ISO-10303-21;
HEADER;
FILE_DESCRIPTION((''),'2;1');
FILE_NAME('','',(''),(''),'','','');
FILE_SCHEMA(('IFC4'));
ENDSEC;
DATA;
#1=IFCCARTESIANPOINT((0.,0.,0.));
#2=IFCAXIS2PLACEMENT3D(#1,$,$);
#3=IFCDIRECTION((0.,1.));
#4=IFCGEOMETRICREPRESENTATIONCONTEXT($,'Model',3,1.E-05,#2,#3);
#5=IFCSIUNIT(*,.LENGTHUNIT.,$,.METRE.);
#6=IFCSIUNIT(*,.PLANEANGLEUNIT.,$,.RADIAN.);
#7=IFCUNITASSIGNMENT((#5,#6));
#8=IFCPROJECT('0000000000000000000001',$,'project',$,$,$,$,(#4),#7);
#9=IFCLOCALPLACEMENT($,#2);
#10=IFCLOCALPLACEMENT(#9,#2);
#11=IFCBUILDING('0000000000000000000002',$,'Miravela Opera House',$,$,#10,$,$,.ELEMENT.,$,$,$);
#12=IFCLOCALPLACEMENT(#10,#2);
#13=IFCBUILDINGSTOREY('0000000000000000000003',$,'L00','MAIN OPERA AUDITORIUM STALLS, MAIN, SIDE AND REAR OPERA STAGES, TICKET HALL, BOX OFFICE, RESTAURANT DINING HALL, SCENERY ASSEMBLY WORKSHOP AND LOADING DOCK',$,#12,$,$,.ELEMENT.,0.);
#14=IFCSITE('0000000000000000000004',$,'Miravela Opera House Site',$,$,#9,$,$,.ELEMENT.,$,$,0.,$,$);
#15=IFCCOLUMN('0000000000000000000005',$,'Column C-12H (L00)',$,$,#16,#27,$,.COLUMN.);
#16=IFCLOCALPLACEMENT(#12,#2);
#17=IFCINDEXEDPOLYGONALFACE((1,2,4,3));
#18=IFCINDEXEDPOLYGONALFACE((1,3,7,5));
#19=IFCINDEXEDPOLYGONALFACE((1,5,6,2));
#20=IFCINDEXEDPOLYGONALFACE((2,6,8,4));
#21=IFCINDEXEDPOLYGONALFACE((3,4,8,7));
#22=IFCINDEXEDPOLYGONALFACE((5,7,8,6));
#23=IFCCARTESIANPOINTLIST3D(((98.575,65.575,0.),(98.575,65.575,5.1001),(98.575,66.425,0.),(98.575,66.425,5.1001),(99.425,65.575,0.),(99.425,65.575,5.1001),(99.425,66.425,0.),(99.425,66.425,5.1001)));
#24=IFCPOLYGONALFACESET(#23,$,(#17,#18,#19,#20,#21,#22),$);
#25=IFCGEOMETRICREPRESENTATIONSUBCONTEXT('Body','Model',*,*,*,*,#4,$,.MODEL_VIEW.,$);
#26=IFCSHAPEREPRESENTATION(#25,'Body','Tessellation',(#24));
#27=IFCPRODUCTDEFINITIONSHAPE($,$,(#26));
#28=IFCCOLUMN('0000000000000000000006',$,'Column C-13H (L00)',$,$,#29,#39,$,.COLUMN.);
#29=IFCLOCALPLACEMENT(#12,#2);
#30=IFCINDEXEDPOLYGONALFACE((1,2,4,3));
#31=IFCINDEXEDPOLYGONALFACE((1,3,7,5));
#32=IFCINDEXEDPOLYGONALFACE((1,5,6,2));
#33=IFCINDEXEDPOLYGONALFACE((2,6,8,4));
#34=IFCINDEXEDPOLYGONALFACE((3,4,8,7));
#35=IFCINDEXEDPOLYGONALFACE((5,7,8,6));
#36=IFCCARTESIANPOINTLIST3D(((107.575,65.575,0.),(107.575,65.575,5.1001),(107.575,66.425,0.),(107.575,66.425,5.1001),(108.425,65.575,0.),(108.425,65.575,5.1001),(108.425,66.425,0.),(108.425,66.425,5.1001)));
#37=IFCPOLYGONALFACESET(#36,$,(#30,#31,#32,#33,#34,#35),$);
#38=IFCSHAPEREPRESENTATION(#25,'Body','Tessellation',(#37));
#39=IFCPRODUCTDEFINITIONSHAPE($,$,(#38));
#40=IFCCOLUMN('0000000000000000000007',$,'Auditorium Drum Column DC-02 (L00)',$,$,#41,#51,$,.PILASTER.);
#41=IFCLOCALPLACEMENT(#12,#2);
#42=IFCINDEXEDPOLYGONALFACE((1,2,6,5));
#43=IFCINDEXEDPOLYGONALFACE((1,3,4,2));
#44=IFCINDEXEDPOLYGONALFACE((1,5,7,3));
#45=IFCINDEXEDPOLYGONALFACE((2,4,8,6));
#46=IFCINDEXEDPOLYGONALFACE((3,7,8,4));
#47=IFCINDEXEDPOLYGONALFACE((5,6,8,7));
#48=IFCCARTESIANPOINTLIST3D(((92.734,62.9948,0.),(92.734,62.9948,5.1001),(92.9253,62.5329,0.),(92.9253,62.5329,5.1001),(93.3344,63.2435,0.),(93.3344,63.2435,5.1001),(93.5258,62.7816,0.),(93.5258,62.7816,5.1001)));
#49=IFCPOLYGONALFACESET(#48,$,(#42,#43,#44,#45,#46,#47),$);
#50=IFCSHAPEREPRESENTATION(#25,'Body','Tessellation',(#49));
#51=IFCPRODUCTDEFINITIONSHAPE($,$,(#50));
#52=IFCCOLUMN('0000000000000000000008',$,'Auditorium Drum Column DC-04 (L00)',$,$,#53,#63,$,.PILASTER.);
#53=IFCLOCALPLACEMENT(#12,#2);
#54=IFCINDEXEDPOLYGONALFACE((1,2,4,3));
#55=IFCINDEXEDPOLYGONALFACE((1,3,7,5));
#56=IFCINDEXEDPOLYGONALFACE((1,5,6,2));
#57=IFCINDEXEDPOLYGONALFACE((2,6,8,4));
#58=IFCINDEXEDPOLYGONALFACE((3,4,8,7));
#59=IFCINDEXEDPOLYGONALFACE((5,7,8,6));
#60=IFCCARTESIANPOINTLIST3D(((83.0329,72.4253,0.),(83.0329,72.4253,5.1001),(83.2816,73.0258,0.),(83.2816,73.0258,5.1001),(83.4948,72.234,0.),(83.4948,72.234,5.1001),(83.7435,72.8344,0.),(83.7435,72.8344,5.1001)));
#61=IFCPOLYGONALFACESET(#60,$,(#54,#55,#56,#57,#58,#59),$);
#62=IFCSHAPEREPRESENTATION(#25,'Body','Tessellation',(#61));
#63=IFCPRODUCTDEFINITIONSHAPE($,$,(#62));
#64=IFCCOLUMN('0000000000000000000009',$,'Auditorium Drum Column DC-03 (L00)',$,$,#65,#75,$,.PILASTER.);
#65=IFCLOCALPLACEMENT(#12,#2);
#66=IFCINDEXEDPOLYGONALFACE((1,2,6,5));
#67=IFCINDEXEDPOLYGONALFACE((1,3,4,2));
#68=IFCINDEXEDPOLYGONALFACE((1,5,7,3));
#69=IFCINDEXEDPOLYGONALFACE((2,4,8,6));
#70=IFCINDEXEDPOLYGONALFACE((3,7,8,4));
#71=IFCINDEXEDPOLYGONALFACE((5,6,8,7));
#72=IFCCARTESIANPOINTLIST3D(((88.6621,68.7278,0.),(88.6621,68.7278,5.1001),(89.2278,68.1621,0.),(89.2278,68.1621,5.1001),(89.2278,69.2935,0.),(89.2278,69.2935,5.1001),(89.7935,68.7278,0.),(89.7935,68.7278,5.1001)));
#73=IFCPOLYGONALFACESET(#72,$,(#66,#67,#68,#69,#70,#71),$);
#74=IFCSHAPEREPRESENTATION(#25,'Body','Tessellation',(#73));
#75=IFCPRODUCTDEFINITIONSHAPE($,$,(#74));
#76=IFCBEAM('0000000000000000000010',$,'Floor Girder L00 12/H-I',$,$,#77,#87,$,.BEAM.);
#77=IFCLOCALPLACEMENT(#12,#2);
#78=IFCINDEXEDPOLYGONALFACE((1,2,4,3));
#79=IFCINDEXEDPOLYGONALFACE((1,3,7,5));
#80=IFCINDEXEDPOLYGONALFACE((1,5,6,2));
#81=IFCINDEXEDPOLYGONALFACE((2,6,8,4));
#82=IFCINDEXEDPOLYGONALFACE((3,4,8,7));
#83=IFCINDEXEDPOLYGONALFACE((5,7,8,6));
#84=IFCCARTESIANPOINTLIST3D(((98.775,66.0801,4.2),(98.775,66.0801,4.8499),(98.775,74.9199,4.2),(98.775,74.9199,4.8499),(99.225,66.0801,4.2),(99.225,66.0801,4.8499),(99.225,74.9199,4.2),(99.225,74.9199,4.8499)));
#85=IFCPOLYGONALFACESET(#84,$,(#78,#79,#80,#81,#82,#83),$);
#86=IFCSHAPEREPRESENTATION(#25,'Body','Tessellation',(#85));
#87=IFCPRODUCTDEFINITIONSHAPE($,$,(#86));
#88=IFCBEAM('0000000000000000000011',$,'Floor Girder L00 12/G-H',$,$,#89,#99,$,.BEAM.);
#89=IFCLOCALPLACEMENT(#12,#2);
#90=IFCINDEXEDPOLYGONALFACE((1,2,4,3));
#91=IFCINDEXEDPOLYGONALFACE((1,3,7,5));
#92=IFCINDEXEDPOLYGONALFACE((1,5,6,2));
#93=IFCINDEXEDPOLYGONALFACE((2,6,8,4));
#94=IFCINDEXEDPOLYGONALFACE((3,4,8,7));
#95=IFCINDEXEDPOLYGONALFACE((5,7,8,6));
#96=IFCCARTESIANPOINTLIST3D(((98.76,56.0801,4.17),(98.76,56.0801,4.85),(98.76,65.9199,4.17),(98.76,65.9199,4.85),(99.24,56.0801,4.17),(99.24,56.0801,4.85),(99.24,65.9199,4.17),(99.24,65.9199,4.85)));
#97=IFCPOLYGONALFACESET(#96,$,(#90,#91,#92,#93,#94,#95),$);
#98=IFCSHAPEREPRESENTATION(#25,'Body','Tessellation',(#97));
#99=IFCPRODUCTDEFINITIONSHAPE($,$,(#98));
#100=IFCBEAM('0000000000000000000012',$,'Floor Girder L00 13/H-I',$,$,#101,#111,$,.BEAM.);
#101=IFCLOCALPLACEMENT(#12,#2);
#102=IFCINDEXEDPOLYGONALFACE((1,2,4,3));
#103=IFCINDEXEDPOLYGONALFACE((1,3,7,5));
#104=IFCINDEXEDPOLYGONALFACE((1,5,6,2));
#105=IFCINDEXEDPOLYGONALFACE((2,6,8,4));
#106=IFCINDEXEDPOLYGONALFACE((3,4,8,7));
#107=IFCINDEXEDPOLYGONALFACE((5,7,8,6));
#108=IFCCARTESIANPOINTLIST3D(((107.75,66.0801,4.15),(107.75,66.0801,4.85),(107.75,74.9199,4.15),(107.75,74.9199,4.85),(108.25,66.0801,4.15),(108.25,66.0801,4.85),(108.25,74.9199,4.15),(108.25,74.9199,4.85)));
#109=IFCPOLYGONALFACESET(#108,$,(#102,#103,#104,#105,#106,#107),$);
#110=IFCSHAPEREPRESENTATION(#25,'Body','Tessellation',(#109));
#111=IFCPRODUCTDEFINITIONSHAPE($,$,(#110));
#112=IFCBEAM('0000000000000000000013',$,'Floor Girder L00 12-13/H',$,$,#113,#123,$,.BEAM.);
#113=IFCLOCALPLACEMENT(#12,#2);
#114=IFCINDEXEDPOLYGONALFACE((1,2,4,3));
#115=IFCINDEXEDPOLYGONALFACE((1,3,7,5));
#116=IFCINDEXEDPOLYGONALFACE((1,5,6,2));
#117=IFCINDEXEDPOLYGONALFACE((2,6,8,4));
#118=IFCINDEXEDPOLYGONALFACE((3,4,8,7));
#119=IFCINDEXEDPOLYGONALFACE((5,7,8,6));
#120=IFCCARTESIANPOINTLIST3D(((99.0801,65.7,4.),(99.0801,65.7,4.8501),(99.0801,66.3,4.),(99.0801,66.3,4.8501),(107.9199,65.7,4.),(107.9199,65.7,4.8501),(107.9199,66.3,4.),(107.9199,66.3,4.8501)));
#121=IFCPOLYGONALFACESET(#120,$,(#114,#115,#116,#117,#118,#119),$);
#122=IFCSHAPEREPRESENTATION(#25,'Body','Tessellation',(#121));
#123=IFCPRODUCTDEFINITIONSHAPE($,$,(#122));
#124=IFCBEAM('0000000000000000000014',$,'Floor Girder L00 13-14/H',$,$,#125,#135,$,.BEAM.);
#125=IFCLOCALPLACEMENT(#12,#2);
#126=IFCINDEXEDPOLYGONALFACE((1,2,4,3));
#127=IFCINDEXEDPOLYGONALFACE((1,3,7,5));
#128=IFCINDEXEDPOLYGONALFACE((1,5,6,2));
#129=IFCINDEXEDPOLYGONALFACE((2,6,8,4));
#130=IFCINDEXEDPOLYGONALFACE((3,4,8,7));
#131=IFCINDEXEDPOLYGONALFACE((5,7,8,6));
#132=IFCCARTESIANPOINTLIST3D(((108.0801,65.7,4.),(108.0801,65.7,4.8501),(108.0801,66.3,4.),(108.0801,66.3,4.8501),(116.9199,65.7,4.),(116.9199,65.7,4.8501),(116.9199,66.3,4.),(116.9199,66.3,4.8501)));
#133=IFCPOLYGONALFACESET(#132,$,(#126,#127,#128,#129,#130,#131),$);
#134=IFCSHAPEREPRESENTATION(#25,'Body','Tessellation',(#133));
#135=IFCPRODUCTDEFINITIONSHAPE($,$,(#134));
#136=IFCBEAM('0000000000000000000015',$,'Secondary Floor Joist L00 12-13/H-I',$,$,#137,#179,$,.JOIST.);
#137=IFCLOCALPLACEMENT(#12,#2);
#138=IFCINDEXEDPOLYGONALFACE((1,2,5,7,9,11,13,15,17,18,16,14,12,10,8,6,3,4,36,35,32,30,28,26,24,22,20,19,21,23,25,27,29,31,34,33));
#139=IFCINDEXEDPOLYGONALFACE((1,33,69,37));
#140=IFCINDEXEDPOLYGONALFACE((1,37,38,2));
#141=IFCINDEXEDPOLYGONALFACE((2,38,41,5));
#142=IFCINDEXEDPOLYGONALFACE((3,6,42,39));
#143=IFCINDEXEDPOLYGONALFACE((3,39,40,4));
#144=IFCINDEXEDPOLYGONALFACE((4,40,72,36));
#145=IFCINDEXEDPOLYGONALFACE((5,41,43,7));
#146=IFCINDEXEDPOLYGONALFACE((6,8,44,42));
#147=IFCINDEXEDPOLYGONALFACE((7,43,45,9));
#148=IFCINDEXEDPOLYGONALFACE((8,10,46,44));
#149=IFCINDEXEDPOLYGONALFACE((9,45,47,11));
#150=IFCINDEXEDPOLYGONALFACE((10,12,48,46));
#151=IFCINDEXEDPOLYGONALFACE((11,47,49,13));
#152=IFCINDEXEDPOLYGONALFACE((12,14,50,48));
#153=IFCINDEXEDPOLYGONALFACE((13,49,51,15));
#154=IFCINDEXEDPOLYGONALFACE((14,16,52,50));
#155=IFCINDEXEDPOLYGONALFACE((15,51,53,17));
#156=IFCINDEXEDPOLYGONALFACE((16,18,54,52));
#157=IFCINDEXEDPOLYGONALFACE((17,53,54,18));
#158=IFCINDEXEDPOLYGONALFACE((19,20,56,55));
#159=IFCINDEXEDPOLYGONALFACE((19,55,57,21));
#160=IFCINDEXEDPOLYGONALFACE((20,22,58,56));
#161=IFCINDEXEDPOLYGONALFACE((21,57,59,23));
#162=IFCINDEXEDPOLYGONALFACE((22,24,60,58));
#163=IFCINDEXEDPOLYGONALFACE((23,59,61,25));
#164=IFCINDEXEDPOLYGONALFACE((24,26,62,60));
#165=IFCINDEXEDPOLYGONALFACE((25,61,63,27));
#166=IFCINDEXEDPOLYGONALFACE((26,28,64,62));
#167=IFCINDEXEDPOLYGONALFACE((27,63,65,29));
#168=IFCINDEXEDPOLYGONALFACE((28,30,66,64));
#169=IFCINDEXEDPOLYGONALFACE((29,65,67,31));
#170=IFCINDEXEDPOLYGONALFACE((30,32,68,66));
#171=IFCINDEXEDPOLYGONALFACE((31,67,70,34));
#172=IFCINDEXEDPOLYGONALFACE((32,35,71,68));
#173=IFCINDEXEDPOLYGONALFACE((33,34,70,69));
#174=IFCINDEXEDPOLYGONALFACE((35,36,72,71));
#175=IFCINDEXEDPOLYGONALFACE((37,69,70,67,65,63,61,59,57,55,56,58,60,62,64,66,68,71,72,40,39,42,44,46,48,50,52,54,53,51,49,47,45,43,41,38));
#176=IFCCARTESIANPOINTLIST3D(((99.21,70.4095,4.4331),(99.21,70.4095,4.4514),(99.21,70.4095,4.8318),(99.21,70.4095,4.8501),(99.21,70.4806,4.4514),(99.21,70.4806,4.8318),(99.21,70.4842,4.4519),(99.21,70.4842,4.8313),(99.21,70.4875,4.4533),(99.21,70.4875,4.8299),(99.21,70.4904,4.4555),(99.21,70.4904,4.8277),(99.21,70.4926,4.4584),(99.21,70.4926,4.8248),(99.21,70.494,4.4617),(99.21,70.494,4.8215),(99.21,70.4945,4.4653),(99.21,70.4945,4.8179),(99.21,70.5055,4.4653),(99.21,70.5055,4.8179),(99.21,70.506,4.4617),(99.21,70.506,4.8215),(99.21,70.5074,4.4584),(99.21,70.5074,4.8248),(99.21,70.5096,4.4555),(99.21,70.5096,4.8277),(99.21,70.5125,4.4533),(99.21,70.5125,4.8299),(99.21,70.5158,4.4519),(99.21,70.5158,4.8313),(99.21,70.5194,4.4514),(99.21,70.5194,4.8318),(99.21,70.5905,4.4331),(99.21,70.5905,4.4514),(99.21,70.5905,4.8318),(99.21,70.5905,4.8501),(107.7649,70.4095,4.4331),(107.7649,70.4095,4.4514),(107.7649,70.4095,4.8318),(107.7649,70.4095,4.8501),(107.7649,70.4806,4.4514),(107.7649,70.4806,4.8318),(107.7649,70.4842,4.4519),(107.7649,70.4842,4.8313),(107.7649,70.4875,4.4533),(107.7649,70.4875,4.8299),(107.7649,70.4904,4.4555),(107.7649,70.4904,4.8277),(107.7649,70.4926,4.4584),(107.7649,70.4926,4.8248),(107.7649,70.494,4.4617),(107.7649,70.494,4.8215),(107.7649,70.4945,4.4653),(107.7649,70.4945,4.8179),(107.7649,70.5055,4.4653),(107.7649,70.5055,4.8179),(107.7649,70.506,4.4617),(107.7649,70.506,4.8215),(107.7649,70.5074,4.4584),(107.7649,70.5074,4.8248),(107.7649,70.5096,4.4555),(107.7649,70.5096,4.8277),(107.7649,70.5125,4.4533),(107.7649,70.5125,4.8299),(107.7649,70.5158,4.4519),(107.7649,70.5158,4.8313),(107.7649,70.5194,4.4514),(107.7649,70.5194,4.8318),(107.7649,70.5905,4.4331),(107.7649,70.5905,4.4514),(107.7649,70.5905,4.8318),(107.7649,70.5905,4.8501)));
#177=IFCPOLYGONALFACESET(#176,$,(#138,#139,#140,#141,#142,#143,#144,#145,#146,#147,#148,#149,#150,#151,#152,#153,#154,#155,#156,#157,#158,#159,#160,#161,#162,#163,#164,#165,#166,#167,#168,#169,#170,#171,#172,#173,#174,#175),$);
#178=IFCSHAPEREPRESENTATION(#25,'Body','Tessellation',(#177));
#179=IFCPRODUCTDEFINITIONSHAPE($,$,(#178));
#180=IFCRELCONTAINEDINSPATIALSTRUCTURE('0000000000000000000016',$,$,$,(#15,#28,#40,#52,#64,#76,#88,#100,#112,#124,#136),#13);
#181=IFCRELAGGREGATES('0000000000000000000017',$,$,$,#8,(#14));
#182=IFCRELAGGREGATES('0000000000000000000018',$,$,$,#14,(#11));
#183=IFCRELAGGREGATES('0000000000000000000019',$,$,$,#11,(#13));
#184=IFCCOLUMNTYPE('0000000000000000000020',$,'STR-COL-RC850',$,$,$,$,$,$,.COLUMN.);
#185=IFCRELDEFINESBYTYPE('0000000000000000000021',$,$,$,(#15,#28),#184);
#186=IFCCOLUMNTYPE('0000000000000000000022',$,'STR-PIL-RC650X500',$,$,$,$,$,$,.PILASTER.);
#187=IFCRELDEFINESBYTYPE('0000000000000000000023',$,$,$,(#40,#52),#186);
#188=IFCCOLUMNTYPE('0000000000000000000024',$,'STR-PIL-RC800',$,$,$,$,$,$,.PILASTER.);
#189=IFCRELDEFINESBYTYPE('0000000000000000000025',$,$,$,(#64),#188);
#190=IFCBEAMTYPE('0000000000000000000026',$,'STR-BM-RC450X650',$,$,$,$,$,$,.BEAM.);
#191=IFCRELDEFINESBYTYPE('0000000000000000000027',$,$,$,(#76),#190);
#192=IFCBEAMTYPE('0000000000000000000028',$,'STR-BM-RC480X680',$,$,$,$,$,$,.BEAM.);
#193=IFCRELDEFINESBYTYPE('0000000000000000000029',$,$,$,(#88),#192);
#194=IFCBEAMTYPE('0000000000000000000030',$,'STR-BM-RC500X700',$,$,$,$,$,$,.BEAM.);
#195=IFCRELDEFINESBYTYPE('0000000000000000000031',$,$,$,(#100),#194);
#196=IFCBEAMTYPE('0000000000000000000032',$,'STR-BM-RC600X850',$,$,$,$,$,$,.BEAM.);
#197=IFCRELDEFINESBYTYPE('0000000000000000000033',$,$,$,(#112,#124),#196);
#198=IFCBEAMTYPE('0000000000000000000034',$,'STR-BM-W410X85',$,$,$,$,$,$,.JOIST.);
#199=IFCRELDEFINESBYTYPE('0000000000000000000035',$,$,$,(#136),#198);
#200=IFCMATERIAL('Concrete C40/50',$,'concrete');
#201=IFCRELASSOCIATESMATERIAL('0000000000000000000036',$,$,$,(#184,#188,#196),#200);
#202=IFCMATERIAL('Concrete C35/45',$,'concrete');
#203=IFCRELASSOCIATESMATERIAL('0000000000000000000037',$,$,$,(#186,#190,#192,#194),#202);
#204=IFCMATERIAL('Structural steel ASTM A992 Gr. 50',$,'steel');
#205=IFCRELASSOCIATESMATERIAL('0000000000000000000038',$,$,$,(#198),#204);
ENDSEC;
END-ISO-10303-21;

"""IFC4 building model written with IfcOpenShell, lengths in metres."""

from ifc_helpers import new_model, si_unit, direction, frame, origin, origin_2d, place, context, subcontext, project, spatial, rectangle, i_section, extrude, material, material_profile, profile_set, type_object, element, save


model = new_model("IFC4")

# Units and contexts
model_context = context("Model", 3, precision=1e-05, world=origin(), true_north=direction((0.0, 1.0)))
body_context = subcontext(model_context, "Body", "Model", "MODEL_VIEW")
ifc_project = project(units=[si_unit("LENGTHUNIT", "METRE"), si_unit("PLANEANGLEUNIT", "RADIAN")], contexts=[model_context])

# Site, building, storey
site_placement = place(None, origin())
site = spatial("IfcSite", under=ifc_project, at=site_placement, Name="Miravela Opera House Site", CompositionType="ELEMENT", RefElevation=0.0)
building_placement = place(site_placement, origin())
building = spatial("IfcBuilding", under=site, at=building_placement, Name="Miravela Opera House", CompositionType="ELEMENT")
storey_placement = place(building_placement, origin())
storey = spatial("IfcBuildingStorey", under=building, at=storey_placement, Name="L00", Description="MAIN OPERA AUDITORIUM STALLS, MAIN, SIDE AND REAR OPERA STAGES, TICKET HALL, BOX OFFICE, RESTAURANT DINING HALL, SCENERY ASSEMBLY WORKSHOP AND LOADING DOCK", CompositionType="ELEMENT", Elevation=0.0)

# Columns
ifc_material_1 = material(Name="Concrete C40/50", Category="concrete")
ifc_material_profile_1 = material_profile(ifc_material_1, rectangle(XDim=0.8501, YDim=0.8501, at=origin_2d()), Name="RC-COL-850X850")
ifc_profile_set_1 = profile_set([ifc_material_profile_1])
column_type_1 = type_object("IfcColumnType", Name="STR-COL-RC850", PredefinedType="COLUMN", material=ifc_profile_set_1)
for number, where, z_axis, x_axis, name in (
    (1, (99.0, 66.0, 0.0), (0.0, 0.0, 1.0), (1.0, 0.0, 0.0), "Column C-12H (L00)"),
    (2, (108.0, 66.0, 0.0), (0.0, 0.0, 1.0), (1.0, 0.0, 0.0), "Column C-13H (L00)"),
):
    element("IfcColumn", number, at=place(storey_placement, frame(where, z_axis=z_axis, x_axis=x_axis)), inside=storey, type_object=column_type_1, Name=name, PredefinedType="COLUMN", context=body_context, shape_type="SweptSolid", body=[
        extrude(rectangle(XDim=0.8501, YDim=0.8501, at=origin_2d()), origin(), (0.0, 0.0, 1.0), 5.1001),
    ])
ifc_material_2 = material(Name="Concrete C35/45", Category="concrete")
ifc_material_profile_2 = material_profile(ifc_material_2, rectangle(XDim=0.6499, YDim=0.5, at=origin_2d()), Name="RC-PIL-650X500")
ifc_profile_set_2 = profile_set([ifc_material_profile_2])
column_type_2 = type_object("IfcColumnType", Name="STR-PIL-RC650X500", PredefinedType="PILASTER", material=ifc_profile_set_2)
for number, where, z_axis, x_axis, name in (
    (3, (93.1299, 62.8882, 0.0), (0.0, 0.0, 1.0), (0.92388, 0.382683, 0.0), "Auditorium Drum Column DC-02 (L00)"),
    (4, (83.3882, 72.6299, 0.0), (0.0, 0.0, 1.0), (0.382683, 0.92388, 0.0), "Auditorium Drum Column DC-04 (L00)"),
):
    element("IfcColumn", number, at=place(storey_placement, frame(where, z_axis=z_axis, x_axis=x_axis)), inside=storey, type_object=column_type_2, Name=name, PredefinedType="PILASTER", context=body_context, shape_type="SweptSolid", body=[
        extrude(rectangle(XDim=0.6499, YDim=0.5, at=origin_2d()), origin(), (0.0, 0.0, 1.0), 5.1001),
    ])
ifc_material_profile_3 = material_profile(ifc_material_1, rectangle(XDim=0.8, YDim=0.8, at=origin_2d()), Name="RC-COL-800X800")
ifc_profile_set_3 = profile_set([ifc_material_profile_3])
column_type_3 = type_object("IfcColumnType", Name="STR-PIL-RC800", PredefinedType="PILASTER", material=ifc_profile_set_3)
column_placement = place(storey_placement, frame((89.2278, 68.7278, 0.0), z_axis=(0.0, 0.0, 1.0), x_axis=(0.707107, 0.707107, 0.0)))
element("IfcColumn", 5, at=column_placement, inside=storey, type_object=column_type_3, Name="Auditorium Drum Column DC-03 (L00)", PredefinedType="PILASTER", context=body_context, shape_type="SweptSolid", body=[
    extrude(rectangle(XDim=0.8, YDim=0.8, at=origin_2d()), origin(), (0.0, 0.0, 1.0), 5.1001),
])

# Beams
ifc_material_profile_4 = material_profile(ifc_material_2, rectangle(XDim=0.45, YDim=0.6499, at=origin_2d()), Name="RC-BM-450X650")
ifc_profile_set_4 = profile_set([ifc_material_profile_4])
beam_type_1 = type_object("IfcBeamType", Name="STR-BM-RC450X650", PredefinedType="BEAM", material=ifc_profile_set_4)
beam_1_placement = place(storey_placement, frame((99.0, 66.0801, 4.5249), z_axis=(0.0, 1.0, 0.0), x_axis=(-1.0, 0.0, 0.0)))
element("IfcBeam", 6, at=beam_1_placement, inside=storey, type_object=beam_type_1, Name="Floor Girder L00 12/H-I", PredefinedType="BEAM", context=body_context, shape_type="SweptSolid", body=[
    extrude(rectangle(XDim=0.45, YDim=0.6499, at=origin_2d()), origin(), (0.0, 0.0, 1.0), 8.8398),
])
ifc_material_profile_5 = material_profile(ifc_material_2, rectangle(XDim=0.48, YDim=0.6799, at=origin_2d()), Name="RC-BM-480X680")
ifc_profile_set_5 = profile_set([ifc_material_profile_5])
beam_type_2 = type_object("IfcBeamType", Name="STR-BM-RC480X680", PredefinedType="BEAM", material=ifc_profile_set_5)
beam_2_placement = place(storey_placement, frame((99.0, 56.0801, 4.51), z_axis=(0.0, 1.0, 0.0), x_axis=(-1.0, 0.0, 0.0)))
element("IfcBeam", 7, at=beam_2_placement, inside=storey, type_object=beam_type_2, Name="Floor Girder L00 12/G-H", PredefinedType="BEAM", context=body_context, shape_type="SweptSolid", body=[
    extrude(rectangle(XDim=0.48, YDim=0.6799, at=origin_2d()), origin(), (0.0, 0.0, 1.0), 9.8398),
])
ifc_material_profile_6 = material_profile(ifc_material_2, rectangle(XDim=0.5, YDim=0.7, at=origin_2d()), Name="RC-BM-500X700")
ifc_profile_set_6 = profile_set([ifc_material_profile_6])
beam_type_3 = type_object("IfcBeamType", Name="STR-BM-RC500X700", PredefinedType="BEAM", material=ifc_profile_set_6)
beam_3_placement = place(storey_placement, frame((108.0, 66.0801, 4.5), z_axis=(0.0, 1.0, 0.0), x_axis=(-1.0, 0.0, 0.0)))
element("IfcBeam", 8, at=beam_3_placement, inside=storey, type_object=beam_type_3, Name="Floor Girder L00 13/H-I", PredefinedType="BEAM", context=body_context, shape_type="SweptSolid", body=[
    extrude(rectangle(XDim=0.5, YDim=0.7, at=origin_2d()), origin(), (0.0, 0.0, 1.0), 8.8398),
])
ifc_material_profile_7 = material_profile(ifc_material_1, rectangle(XDim=0.6001, YDim=0.8501, at=origin_2d()), Name="RC-BM-600X850")
ifc_profile_set_7 = profile_set([ifc_material_profile_7])
beam_type_4 = type_object("IfcBeamType", Name="STR-BM-RC600X850", PredefinedType="BEAM", material=ifc_profile_set_7)
for number, where, z_axis, x_axis, name in (
    (9, (99.0801, 66.0, 4.425), (1.0, 0.0, 0.0), (0.0, 1.0, 0.0), "Floor Girder L00 12-13/H"),
    (10, (108.0801, 66.0, 4.425), (1.0, 0.0, 0.0), (0.0, 1.0, 0.0), "Floor Girder L00 13-14/H"),
):
    element("IfcBeam", number, at=place(storey_placement, frame(where, z_axis=z_axis, x_axis=x_axis)), inside=storey, type_object=beam_type_4, Name=name, PredefinedType="BEAM", context=body_context, shape_type="SweptSolid", body=[
        extrude(rectangle(XDim=0.6001, YDim=0.8501, at=origin_2d()), origin(), (0.0, 0.0, 1.0), 8.8398),
    ])
ifc_material_3 = material(Name="Structural steel ASTM A992 Gr. 50", Category="steel")
ifc_material_profile_8 = material_profile(ifc_material_3, i_section(OverallWidth=0.1809, OverallDepth=0.417, WebThickness=0.011, FlangeThickness=0.0183, FilletRadius=0.0139, at=origin_2d()), Name="W410X85")
ifc_profile_set_8 = profile_set([ifc_material_profile_8])
beam_type_5 = type_object("IfcBeamType", Name="STR-BM-W410X85", PredefinedType="JOIST", material=ifc_profile_set_8)
beam_4_placement = place(storey_placement, frame((99.21, 70.5, 4.6416), z_axis=(1.0, 0.0, 0.0), x_axis=(0.0, 1.0, 0.0)))
element("IfcBeam", 11, at=beam_4_placement, inside=storey, type_object=beam_type_5, Name="Secondary Floor Joist L00 12-13/H-I", PredefinedType="JOIST", context=body_context, shape_type="SweptSolid", body=[
    extrude(i_section(OverallWidth=0.1809, OverallDepth=0.417, WebThickness=0.011, FlangeThickness=0.0183, FilletRadius=0.0139, at=origin_2d()), origin(), (0.0, 0.0, 1.0), 8.5549),
])

save(model, "model.ifc")
